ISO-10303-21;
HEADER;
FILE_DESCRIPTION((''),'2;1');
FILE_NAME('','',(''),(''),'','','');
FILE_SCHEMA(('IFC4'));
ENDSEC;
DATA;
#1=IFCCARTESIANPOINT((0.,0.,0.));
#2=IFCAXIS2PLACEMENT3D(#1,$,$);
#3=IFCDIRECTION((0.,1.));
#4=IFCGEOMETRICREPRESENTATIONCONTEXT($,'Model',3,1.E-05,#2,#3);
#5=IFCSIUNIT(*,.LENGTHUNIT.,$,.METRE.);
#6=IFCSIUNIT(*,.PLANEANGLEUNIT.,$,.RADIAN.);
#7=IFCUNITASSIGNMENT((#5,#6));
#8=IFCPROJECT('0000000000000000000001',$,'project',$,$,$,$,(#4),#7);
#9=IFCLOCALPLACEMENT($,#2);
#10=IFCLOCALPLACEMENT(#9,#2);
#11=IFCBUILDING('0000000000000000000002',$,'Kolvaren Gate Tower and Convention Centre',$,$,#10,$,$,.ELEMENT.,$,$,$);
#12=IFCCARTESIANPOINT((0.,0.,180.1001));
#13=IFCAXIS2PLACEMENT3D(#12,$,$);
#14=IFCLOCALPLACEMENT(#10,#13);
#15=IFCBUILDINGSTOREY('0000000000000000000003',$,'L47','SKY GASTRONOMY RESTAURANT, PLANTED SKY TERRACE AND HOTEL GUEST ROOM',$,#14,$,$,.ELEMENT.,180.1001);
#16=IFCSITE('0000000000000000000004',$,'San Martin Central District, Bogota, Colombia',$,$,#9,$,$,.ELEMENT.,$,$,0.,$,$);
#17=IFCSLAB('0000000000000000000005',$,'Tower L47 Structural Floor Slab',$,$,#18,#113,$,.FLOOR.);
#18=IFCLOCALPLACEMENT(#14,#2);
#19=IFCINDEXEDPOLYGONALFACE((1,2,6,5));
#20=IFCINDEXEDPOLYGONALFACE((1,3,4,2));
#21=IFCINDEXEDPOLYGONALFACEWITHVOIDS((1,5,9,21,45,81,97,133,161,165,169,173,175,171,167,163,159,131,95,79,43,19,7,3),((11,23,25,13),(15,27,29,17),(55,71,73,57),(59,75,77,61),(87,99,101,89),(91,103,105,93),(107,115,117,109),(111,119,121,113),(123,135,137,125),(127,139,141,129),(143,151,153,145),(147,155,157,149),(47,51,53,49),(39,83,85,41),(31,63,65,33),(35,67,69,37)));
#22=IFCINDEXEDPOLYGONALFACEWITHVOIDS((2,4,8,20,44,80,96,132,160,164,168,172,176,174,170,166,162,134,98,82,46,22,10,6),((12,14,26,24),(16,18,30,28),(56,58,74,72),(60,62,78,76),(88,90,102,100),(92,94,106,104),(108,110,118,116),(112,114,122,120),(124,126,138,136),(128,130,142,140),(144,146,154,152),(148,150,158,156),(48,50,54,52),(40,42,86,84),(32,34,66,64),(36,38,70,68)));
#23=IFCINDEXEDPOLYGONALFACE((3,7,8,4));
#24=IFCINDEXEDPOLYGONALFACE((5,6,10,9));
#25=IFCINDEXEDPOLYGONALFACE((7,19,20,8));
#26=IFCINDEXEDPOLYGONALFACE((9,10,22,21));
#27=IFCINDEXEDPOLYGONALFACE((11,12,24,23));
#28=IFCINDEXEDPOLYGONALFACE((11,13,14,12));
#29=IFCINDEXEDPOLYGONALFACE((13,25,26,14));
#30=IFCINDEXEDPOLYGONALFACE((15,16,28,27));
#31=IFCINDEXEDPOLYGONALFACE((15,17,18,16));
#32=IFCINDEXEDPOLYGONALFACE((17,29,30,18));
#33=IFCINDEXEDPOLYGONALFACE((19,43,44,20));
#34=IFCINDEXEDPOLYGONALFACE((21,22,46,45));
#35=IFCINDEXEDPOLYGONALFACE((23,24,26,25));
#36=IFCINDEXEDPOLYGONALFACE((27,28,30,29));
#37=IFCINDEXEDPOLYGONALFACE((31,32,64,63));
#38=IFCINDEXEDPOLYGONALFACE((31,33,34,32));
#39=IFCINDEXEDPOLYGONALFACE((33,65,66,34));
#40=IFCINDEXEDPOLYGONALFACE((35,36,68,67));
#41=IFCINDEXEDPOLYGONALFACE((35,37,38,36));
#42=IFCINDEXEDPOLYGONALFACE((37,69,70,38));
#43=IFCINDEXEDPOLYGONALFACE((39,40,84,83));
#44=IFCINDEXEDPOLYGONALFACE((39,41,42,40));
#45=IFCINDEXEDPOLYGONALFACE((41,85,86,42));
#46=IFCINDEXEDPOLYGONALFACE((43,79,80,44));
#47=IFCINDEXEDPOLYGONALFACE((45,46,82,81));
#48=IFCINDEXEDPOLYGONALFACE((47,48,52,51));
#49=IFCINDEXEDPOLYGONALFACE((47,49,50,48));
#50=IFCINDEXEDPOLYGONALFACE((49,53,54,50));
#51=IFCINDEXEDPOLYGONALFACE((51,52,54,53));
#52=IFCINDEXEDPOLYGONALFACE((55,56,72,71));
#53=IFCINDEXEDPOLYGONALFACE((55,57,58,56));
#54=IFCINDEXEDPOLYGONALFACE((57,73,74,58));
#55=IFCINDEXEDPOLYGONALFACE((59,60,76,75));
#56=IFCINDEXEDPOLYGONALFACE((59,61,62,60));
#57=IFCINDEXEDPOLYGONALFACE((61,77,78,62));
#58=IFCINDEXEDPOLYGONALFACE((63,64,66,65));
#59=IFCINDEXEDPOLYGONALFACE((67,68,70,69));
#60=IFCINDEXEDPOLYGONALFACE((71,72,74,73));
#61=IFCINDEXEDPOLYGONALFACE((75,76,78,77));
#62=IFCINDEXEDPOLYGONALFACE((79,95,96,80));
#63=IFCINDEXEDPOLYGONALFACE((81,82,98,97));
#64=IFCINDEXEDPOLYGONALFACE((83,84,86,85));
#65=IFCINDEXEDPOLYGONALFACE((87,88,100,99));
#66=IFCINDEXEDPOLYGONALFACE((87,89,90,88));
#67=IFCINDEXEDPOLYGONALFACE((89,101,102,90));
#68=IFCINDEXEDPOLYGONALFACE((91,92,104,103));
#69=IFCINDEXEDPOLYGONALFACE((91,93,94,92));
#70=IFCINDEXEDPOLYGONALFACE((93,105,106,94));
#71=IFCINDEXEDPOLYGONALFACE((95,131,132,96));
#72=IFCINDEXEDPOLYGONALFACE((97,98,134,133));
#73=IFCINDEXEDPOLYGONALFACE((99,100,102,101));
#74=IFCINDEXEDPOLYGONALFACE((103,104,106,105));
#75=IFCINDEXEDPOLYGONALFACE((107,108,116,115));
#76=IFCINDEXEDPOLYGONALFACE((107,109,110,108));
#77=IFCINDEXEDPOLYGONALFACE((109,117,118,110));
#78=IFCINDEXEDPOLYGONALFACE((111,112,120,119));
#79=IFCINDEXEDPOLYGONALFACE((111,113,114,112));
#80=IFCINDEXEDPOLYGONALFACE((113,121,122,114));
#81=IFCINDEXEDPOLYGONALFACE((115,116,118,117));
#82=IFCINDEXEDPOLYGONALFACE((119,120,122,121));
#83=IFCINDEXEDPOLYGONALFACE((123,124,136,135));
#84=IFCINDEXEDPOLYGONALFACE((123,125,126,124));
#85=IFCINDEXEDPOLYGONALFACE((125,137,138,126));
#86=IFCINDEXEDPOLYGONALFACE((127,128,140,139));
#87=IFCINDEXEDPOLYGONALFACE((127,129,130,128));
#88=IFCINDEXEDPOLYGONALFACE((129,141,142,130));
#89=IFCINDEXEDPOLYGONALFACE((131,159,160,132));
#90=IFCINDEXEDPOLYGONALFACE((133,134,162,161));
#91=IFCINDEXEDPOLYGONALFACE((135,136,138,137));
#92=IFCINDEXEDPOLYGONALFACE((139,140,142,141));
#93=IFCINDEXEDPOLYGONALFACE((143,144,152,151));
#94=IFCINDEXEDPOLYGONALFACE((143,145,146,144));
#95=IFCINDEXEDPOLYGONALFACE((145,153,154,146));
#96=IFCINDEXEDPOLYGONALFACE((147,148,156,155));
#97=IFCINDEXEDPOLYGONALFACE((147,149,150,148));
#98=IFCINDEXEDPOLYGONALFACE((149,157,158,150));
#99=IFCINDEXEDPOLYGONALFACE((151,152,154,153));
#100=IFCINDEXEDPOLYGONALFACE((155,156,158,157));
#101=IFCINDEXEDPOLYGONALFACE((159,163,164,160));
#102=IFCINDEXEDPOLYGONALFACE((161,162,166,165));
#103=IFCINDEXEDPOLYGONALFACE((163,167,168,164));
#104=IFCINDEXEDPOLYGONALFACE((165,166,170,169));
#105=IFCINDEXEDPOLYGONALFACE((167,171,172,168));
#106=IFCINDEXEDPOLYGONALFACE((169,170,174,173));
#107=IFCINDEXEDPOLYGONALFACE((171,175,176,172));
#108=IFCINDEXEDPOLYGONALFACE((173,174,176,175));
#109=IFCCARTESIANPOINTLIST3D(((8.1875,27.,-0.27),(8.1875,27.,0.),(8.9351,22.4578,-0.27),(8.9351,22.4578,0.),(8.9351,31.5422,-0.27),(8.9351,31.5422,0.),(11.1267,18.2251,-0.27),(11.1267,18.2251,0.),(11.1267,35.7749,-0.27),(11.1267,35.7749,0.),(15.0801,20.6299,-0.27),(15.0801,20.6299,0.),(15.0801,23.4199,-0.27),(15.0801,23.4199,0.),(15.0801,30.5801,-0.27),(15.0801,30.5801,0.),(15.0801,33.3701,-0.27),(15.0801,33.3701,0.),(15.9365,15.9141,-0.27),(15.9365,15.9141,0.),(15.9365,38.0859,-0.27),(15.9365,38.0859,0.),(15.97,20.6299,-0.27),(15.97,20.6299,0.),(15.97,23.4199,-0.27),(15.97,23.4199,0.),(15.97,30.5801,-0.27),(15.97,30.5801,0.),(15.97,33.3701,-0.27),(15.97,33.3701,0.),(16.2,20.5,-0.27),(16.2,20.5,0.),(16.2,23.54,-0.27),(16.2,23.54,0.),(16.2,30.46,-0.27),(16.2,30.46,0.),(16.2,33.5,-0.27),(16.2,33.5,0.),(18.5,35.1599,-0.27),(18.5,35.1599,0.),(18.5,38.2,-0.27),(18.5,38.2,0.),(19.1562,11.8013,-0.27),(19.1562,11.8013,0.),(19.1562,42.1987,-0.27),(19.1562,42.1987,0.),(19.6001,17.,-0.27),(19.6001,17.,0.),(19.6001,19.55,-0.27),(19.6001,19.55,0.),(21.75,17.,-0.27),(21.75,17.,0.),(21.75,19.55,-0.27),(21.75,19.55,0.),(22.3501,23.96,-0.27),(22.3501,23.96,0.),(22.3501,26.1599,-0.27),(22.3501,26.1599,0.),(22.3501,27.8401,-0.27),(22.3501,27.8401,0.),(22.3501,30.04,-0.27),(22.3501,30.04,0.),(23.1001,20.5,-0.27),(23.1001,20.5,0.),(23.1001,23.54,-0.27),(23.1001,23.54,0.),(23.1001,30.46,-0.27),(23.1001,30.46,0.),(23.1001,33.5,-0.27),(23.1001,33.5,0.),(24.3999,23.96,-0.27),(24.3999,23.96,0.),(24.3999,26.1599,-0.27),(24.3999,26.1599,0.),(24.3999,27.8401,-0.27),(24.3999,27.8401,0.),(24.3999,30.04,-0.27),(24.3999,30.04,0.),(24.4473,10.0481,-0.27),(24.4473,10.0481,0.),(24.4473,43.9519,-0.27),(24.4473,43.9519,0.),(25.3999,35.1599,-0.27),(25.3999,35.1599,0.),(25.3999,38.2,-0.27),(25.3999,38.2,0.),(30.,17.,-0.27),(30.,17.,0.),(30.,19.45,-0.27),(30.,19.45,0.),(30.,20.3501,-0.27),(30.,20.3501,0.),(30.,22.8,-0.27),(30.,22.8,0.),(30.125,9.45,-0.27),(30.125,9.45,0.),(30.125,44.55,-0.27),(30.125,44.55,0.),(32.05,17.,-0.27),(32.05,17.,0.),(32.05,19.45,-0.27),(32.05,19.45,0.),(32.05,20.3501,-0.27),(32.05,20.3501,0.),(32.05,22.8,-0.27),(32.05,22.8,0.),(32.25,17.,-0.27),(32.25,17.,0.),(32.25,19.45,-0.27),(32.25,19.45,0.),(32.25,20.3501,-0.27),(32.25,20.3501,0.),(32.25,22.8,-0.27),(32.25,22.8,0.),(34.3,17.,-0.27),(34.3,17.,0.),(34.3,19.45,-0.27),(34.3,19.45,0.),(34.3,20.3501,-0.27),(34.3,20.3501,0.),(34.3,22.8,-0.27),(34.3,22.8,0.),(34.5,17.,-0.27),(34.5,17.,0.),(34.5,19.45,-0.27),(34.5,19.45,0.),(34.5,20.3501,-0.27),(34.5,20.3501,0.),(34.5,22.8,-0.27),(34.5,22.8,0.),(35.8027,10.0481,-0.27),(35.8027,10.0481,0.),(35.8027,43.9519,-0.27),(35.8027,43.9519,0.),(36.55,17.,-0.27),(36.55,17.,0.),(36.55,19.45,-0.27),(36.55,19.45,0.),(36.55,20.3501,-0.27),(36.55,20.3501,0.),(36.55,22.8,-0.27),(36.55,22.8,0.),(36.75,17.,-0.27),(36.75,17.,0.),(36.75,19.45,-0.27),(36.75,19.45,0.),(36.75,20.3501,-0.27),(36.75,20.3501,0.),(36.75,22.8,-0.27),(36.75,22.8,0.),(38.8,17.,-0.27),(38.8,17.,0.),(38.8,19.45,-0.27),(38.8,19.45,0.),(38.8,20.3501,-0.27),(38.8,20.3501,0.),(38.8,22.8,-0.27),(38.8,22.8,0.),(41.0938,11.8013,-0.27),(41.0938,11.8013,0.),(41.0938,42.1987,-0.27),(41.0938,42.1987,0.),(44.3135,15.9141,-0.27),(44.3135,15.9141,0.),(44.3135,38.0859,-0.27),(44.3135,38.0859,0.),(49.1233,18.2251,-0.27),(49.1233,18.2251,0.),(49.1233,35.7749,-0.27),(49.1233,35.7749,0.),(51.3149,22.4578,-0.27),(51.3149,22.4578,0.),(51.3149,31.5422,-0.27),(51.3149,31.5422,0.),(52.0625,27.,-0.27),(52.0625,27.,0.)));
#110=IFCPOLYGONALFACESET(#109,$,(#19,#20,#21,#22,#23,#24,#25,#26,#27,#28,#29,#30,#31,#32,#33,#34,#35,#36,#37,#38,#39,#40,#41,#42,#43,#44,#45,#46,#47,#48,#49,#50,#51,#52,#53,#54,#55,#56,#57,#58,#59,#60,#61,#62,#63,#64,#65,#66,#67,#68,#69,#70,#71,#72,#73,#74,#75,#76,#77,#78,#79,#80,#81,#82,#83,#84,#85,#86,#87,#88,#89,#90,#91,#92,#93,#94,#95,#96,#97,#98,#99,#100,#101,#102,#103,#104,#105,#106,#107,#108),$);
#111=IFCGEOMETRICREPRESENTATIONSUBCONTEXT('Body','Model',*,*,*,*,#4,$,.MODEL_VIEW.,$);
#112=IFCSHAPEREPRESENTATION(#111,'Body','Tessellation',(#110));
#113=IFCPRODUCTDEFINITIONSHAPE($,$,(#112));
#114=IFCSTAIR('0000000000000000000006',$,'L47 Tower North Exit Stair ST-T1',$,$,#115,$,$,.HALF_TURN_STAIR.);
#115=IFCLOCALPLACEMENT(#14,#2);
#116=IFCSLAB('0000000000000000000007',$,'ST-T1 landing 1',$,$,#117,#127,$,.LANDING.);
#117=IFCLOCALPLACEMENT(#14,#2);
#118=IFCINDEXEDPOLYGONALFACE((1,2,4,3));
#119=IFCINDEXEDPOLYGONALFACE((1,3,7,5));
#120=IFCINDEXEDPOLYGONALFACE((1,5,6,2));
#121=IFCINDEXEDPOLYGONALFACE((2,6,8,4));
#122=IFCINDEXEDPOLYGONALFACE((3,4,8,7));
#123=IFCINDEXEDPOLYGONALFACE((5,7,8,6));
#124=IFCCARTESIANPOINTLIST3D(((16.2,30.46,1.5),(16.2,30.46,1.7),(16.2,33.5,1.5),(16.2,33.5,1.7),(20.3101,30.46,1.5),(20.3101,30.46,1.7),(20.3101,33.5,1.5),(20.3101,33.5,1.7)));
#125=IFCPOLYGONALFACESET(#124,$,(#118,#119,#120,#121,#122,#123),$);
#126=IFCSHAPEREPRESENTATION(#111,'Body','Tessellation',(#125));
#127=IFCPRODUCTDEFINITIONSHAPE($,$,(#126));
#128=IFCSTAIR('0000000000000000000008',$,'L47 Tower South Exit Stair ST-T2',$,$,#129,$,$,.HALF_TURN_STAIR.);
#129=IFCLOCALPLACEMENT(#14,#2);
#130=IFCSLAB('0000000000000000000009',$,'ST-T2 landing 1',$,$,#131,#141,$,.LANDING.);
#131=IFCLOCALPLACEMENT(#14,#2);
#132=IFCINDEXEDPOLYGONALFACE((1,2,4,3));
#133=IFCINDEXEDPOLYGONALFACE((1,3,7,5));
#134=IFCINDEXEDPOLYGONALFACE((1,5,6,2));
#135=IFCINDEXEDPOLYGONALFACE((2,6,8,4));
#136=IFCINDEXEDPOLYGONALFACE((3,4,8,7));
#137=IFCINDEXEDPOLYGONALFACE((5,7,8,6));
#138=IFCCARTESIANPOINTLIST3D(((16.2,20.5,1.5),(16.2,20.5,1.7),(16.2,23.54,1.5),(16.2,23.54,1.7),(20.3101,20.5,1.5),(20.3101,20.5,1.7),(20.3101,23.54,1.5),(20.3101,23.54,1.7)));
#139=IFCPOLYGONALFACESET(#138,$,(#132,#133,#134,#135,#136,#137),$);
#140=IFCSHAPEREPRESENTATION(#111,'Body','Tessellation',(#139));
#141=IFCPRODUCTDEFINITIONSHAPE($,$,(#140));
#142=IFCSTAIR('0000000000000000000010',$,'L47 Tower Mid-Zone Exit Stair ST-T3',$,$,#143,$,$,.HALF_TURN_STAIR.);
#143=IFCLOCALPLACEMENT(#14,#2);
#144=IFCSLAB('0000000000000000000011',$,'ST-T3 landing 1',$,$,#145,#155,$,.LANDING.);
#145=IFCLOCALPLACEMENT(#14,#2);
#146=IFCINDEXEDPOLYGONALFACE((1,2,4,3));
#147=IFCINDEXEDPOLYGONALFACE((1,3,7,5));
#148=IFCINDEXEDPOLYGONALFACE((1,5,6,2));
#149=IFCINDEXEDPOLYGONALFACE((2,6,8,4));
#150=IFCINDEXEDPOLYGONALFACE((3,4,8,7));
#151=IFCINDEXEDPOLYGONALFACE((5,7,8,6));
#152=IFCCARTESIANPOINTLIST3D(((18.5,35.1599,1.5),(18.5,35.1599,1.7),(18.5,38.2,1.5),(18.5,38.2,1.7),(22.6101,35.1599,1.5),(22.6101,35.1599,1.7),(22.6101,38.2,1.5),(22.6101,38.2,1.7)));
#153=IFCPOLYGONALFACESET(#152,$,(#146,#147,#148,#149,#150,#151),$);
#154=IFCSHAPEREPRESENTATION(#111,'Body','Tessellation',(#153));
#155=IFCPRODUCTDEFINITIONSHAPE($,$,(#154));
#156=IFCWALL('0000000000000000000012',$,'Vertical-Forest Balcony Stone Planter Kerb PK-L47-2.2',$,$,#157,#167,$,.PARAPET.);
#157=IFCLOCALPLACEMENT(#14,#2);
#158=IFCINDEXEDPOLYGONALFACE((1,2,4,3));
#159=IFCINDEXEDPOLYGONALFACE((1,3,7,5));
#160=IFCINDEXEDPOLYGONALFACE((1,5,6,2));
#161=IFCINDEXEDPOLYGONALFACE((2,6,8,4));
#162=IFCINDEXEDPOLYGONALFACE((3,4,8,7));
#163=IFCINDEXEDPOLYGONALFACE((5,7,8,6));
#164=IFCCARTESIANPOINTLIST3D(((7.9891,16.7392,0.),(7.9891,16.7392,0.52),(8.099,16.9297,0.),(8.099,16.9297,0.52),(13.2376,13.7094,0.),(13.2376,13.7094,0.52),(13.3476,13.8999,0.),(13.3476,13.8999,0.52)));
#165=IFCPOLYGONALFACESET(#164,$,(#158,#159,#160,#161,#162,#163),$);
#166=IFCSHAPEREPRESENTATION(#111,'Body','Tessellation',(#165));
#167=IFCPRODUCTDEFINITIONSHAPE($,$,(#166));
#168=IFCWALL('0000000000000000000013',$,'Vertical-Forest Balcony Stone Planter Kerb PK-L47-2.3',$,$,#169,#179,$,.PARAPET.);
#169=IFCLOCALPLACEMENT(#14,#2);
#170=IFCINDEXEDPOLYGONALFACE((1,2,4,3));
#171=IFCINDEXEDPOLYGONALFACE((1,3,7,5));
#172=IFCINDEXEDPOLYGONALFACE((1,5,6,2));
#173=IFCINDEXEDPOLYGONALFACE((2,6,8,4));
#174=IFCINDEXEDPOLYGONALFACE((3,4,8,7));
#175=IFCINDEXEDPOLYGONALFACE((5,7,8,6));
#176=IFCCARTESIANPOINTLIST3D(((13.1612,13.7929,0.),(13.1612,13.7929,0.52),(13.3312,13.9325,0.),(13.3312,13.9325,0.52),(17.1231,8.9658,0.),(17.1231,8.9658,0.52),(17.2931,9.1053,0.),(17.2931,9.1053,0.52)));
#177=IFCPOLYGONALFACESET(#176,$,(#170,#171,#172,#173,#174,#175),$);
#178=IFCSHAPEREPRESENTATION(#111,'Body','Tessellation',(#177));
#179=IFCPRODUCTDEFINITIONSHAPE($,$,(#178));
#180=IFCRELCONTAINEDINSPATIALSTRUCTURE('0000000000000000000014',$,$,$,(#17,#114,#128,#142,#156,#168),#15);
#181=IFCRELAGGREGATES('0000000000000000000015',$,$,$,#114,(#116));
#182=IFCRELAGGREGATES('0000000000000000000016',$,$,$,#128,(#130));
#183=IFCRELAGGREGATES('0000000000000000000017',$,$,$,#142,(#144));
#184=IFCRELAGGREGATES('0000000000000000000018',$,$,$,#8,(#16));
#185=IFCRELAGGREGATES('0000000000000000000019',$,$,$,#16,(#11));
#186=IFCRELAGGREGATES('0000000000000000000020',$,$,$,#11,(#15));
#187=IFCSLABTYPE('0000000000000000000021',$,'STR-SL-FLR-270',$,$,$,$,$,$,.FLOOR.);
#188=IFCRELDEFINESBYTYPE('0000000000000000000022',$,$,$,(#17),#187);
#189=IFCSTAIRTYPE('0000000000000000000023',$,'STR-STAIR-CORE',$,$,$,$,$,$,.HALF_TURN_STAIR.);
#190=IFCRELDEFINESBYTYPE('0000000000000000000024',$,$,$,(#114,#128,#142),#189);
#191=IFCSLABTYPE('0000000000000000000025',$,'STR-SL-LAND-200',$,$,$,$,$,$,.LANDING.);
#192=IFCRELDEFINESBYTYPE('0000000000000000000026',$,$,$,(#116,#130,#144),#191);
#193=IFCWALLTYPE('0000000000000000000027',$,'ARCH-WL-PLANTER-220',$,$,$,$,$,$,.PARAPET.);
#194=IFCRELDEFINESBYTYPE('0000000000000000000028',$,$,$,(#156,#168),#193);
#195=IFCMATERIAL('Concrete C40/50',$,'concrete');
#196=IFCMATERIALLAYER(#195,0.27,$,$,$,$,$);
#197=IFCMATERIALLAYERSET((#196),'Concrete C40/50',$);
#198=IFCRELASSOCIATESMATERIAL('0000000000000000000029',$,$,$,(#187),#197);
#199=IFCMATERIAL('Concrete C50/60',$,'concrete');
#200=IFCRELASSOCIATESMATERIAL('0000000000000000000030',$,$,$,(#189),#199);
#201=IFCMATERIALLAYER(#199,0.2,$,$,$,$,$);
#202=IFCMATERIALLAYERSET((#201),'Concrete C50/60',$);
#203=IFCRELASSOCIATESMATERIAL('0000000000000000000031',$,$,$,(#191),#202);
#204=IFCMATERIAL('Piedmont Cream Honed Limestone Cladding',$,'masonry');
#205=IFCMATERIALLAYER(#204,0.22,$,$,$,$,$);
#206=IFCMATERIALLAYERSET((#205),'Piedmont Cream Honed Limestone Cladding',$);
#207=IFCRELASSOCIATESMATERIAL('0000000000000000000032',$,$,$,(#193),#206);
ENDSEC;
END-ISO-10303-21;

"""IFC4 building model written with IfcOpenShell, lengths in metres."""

from ifc_helpers import new_model, si_unit, direction, frame, frame_2d, origin, place, context, subcontext, project, spatial, polyline, rectangle, outline, extrude, material, layer, layer_set, type_object, element, aggregate, save


model = new_model("IFC4")

# Units and contexts
model_context = context("Model", 3, precision=1e-05, world=origin(), true_north=direction((0.0, 1.0)))
body_context = subcontext(model_context, "Body", "Model", "MODEL_VIEW")
ifc_project = project(units=[si_unit("LENGTHUNIT", "METRE"), si_unit("PLANEANGLEUNIT", "RADIAN")], contexts=[model_context])

# Site, building, storey
site_placement = place(None, origin())
site = spatial("IfcSite", under=ifc_project, at=site_placement, Name="San Martin Central District, Bogota, Colombia", CompositionType="ELEMENT", RefElevation=0.0)
building_placement = place(site_placement, origin())
building = spatial("IfcBuilding", under=site, at=building_placement, Name="Kolvaren Gate Tower and Convention Centre", CompositionType="ELEMENT")
storey_placement = place(building_placement, frame((0.0, 0.0, 180.1001)))
storey = spatial("IfcBuildingStorey", under=building, at=storey_placement, Name="L47", Description="SKY GASTRONOMY RESTAURANT, PLANTED SKY TERRACE AND HOTEL GUEST ROOM", CompositionType="ELEMENT", Elevation=180.1001)

# Slab
ifc_material_1 = material(Name="Concrete C50/60", Category="concrete")
ifc_material_2 = material(Name="Concrete C40/50", Category="concrete")
ifc_layer_1 = layer(ifc_material_2, 0.27)
ifc_layer_set_1 = layer_set([ifc_layer_1], Name="Concrete C40/50")
slab_type_1 = type_object("IfcSlabType", Name="STR-SL-FLR-270", PredefinedType="FLOOR", material=ifc_layer_set_1)
slab_1_placement = place(storey_placement, frame((0.0, 0.0, -0.27)))
element("IfcSlab", 1, at=slab_1_placement, inside=storey, type_object=slab_type_1, Name="Tower L47 Structural Floor Slab", PredefinedType="FLOOR", context=body_context, shape_type="SweptSolid", body=[
    extrude(outline(polyline([(52.0625, 27.0), (51.3149, 31.5422), (49.1233, 35.7749), (44.3135, 38.0859), (41.0938, 42.1987), (35.8027, 43.9519), (30.125, 44.55), (24.4473, 43.9519), (19.1562, 42.1987), (15.9365, 38.0859), (11.1267, 35.7749), (8.9351, 31.5422), (8.1875, 27.0), (8.9351, 22.4578), (11.1267, 18.2251), (15.9365, 15.9141), (19.1562, 11.8013), (24.4473, 10.0481), (30.125, 9.45), (35.8027, 10.0481), (41.0938, 11.8013), (44.3135, 15.9141), (49.1233, 18.2251), (51.3149, 22.4578), (52.0625, 27.0)]), holes=[polyline([(36.75, 17.0), (36.75, 19.45), (38.8, 19.45), (38.8, 17.0), (36.75, 17.0)]), polyline([(36.75, 20.3501), (36.75, 22.8), (38.8, 22.8), (38.8, 20.3501), (36.75, 20.3501)]), polyline([(34.5, 17.0), (34.5, 19.45), (36.55, 19.45), (36.55, 17.0), (34.5, 17.0)]), polyline([(34.5, 20.3501), (34.5, 22.8), (36.55, 22.8), (36.55, 20.3501), (34.5, 20.3501)]), polyline([(32.25, 17.0), (32.25, 19.45), (34.3, 19.45), (34.3, 17.0), (32.25, 17.0)]), polyline([(32.25, 20.3501), (32.25, 22.8), (34.3, 22.8), (34.3, 20.3501), (32.25, 20.3501)]), polyline([(30.0, 17.0), (30.0, 19.45), (32.05, 19.45), (32.05, 17.0), (30.0, 17.0)]), polyline([(30.0, 20.3501), (30.0, 22.8), (32.05, 22.8), (32.05, 20.3501), (30.0, 20.3501)]), polyline([(25.3999, 38.2), (25.3999, 35.1599), (18.5, 35.1599), (18.5, 38.2), (25.3999, 38.2)]), polyline([(22.3501, 23.96), (22.3501, 26.1599), (24.3999, 26.1599), (24.3999, 23.96), (22.3501, 23.96)]), polyline([(22.3501, 27.8401), (22.3501, 30.04), (24.3999, 30.04), (24.3999, 27.8401), (22.3501, 27.8401)]), polyline([(23.1001, 23.54), (23.1001, 20.5), (16.2, 20.5), (16.2, 23.54), (23.1001, 23.54)]), polyline([(23.1001, 33.5), (23.1001, 30.46), (16.2, 30.46), (16.2, 33.5), (23.1001, 33.5)]), polyline([(19.6001, 17.0), (19.6001, 19.55), (21.75, 19.55), (21.75, 17.0), (19.6001, 17.0)]), polyline([(15.0801, 20.6299), (15.0801, 23.4199), (15.97, 23.4199), (15.97, 20.6299), (15.0801, 20.6299)]), polyline([(15.0801, 30.5801), (15.0801, 33.3701), (15.97, 33.3701), (15.97, 30.5801), (15.0801, 30.5801)])]), origin(), (0.0, 0.0, 1.0), 0.27),
])

# Stairs, slabs
stair_type = type_object("IfcStairType", Name="STR-STAIR-CORE", PredefinedType="HALF_TURN_STAIR", material=ifc_material_1)
stair_1_placement = place(storey_placement, origin())
stair_1 = element("IfcStair", 2, at=stair_1_placement, inside=storey, type_object=stair_type, Name="L47 Tower North Exit Stair ST-T1", PredefinedType="HALF_TURN_STAIR")
ifc_layer_2 = layer(ifc_material_1, 0.2)
ifc_layer_set_2 = layer_set([ifc_layer_2], Name="Concrete C50/60")
slab_type_2 = type_object("IfcSlabType", Name="STR-SL-LAND-200", PredefinedType="LANDING", material=ifc_layer_set_2)
slab_2_placement = place(storey_placement, frame((0.0, 0.0, 1.5)))
slab_2 = element("IfcSlab", 3, at=slab_2_placement, type_object=slab_type_2, Name="ST-T1 landing 1", PredefinedType="LANDING", context=body_context, shape_type="SweptSolid", body=[
    extrude(outline(polyline([(20.3101, 33.5), (16.2, 33.5), (16.2, 30.46), (20.3101, 30.46), (20.3101, 33.5)])), origin(), (0.0, 0.0, 1.0), 0.2),
])
aggregate(stair_1, [slab_2])
stair_2_placement = place(storey_placement, origin())
stair_2 = element("IfcStair", 4, at=stair_2_placement, inside=storey, type_object=stair_type, Name="L47 Tower South Exit Stair ST-T2", PredefinedType="HALF_TURN_STAIR")
slab_3_placement = place(storey_placement, frame((0.0, 0.0, 1.5)))
slab_3 = element("IfcSlab", 5, at=slab_3_placement, type_object=slab_type_2, Name="ST-T2 landing 1", PredefinedType="LANDING", context=body_context, shape_type="SweptSolid", body=[
    extrude(outline(polyline([(20.3101, 23.54), (16.2, 23.54), (16.2, 20.5), (20.3101, 20.5), (20.3101, 23.54)])), origin(), (0.0, 0.0, 1.0), 0.2),
])
aggregate(stair_2, [slab_3])
stair_3_placement = place(storey_placement, origin())
stair_3 = element("IfcStair", 6, at=stair_3_placement, inside=storey, type_object=stair_type, Name="L47 Tower Mid-Zone Exit Stair ST-T3", PredefinedType="HALF_TURN_STAIR")
slab_4_placement = place(storey_placement, frame((0.0, 0.0, 1.5)))
slab_4 = element("IfcSlab", 7, at=slab_4_placement, type_object=slab_type_2, Name="ST-T3 landing 1", PredefinedType="LANDING", context=body_context, shape_type="SweptSolid", body=[
    extrude(outline(polyline([(22.6101, 38.2), (18.5, 38.2), (18.5, 35.1599), (22.6101, 35.1599), (22.6101, 38.2)])), origin(), (0.0, 0.0, 1.0), 0.2),
])
aggregate(stair_3, [slab_4])

# Walls
ifc_material_3 = material(Name="Piedmont Cream Honed Limestone Cladding", Category="masonry")
ifc_layer_3 = layer(ifc_material_3, 0.22)
ifc_layer_set_3 = layer_set([ifc_layer_3], Name="Piedmont Cream Honed Limestone Cladding")
wall_type_1 = type_object("IfcWallType", Name="ARCH-WL-PLANTER-220", PredefinedType="PARAPET", material=ifc_layer_set_3)
wall_1_placement = place(storey_placement, frame((8.0439, 16.8345, 0.0), z_axis=(0.0, 0.0, 1.0), x_axis=(0.866058, -0.499943, 0.0)))
element("IfcWall", 8, at=wall_1_placement, inside=storey, type_object=wall_type_1, Name="Vertical-Forest Balcony Stone Planter Kerb PK-L47-2.2", PredefinedType="PARAPET", context=body_context, shape_type="SweptSolid", body=[
    extrude(rectangle(XDim=6.0603, YDim=0.22, at=frame_2d((3.0303, 0.0))), origin(), (0.0, 0.0, 1.0), 0.52),
])
wall_2_placement = place(storey_placement, frame((13.2461, 13.8628, 0.0), z_axis=(0.0, 0.0, 1.0), x_axis=(0.634429, -0.772981, 0.0)))
element("IfcWall", 9, at=wall_2_placement, inside=storey, type_object=wall_type_1, Name="Vertical-Forest Balcony Stone Planter Kerb PK-L47-2.3", PredefinedType="PARAPET", context=body_context, shape_type="SweptSolid", body=[
    extrude(rectangle(XDim=6.2449, YDim=0.22, at=frame_2d((3.1226, 0.0))), origin(), (0.0, 0.0, 1.0), 0.52),
])

save(model, "model.ifc")
